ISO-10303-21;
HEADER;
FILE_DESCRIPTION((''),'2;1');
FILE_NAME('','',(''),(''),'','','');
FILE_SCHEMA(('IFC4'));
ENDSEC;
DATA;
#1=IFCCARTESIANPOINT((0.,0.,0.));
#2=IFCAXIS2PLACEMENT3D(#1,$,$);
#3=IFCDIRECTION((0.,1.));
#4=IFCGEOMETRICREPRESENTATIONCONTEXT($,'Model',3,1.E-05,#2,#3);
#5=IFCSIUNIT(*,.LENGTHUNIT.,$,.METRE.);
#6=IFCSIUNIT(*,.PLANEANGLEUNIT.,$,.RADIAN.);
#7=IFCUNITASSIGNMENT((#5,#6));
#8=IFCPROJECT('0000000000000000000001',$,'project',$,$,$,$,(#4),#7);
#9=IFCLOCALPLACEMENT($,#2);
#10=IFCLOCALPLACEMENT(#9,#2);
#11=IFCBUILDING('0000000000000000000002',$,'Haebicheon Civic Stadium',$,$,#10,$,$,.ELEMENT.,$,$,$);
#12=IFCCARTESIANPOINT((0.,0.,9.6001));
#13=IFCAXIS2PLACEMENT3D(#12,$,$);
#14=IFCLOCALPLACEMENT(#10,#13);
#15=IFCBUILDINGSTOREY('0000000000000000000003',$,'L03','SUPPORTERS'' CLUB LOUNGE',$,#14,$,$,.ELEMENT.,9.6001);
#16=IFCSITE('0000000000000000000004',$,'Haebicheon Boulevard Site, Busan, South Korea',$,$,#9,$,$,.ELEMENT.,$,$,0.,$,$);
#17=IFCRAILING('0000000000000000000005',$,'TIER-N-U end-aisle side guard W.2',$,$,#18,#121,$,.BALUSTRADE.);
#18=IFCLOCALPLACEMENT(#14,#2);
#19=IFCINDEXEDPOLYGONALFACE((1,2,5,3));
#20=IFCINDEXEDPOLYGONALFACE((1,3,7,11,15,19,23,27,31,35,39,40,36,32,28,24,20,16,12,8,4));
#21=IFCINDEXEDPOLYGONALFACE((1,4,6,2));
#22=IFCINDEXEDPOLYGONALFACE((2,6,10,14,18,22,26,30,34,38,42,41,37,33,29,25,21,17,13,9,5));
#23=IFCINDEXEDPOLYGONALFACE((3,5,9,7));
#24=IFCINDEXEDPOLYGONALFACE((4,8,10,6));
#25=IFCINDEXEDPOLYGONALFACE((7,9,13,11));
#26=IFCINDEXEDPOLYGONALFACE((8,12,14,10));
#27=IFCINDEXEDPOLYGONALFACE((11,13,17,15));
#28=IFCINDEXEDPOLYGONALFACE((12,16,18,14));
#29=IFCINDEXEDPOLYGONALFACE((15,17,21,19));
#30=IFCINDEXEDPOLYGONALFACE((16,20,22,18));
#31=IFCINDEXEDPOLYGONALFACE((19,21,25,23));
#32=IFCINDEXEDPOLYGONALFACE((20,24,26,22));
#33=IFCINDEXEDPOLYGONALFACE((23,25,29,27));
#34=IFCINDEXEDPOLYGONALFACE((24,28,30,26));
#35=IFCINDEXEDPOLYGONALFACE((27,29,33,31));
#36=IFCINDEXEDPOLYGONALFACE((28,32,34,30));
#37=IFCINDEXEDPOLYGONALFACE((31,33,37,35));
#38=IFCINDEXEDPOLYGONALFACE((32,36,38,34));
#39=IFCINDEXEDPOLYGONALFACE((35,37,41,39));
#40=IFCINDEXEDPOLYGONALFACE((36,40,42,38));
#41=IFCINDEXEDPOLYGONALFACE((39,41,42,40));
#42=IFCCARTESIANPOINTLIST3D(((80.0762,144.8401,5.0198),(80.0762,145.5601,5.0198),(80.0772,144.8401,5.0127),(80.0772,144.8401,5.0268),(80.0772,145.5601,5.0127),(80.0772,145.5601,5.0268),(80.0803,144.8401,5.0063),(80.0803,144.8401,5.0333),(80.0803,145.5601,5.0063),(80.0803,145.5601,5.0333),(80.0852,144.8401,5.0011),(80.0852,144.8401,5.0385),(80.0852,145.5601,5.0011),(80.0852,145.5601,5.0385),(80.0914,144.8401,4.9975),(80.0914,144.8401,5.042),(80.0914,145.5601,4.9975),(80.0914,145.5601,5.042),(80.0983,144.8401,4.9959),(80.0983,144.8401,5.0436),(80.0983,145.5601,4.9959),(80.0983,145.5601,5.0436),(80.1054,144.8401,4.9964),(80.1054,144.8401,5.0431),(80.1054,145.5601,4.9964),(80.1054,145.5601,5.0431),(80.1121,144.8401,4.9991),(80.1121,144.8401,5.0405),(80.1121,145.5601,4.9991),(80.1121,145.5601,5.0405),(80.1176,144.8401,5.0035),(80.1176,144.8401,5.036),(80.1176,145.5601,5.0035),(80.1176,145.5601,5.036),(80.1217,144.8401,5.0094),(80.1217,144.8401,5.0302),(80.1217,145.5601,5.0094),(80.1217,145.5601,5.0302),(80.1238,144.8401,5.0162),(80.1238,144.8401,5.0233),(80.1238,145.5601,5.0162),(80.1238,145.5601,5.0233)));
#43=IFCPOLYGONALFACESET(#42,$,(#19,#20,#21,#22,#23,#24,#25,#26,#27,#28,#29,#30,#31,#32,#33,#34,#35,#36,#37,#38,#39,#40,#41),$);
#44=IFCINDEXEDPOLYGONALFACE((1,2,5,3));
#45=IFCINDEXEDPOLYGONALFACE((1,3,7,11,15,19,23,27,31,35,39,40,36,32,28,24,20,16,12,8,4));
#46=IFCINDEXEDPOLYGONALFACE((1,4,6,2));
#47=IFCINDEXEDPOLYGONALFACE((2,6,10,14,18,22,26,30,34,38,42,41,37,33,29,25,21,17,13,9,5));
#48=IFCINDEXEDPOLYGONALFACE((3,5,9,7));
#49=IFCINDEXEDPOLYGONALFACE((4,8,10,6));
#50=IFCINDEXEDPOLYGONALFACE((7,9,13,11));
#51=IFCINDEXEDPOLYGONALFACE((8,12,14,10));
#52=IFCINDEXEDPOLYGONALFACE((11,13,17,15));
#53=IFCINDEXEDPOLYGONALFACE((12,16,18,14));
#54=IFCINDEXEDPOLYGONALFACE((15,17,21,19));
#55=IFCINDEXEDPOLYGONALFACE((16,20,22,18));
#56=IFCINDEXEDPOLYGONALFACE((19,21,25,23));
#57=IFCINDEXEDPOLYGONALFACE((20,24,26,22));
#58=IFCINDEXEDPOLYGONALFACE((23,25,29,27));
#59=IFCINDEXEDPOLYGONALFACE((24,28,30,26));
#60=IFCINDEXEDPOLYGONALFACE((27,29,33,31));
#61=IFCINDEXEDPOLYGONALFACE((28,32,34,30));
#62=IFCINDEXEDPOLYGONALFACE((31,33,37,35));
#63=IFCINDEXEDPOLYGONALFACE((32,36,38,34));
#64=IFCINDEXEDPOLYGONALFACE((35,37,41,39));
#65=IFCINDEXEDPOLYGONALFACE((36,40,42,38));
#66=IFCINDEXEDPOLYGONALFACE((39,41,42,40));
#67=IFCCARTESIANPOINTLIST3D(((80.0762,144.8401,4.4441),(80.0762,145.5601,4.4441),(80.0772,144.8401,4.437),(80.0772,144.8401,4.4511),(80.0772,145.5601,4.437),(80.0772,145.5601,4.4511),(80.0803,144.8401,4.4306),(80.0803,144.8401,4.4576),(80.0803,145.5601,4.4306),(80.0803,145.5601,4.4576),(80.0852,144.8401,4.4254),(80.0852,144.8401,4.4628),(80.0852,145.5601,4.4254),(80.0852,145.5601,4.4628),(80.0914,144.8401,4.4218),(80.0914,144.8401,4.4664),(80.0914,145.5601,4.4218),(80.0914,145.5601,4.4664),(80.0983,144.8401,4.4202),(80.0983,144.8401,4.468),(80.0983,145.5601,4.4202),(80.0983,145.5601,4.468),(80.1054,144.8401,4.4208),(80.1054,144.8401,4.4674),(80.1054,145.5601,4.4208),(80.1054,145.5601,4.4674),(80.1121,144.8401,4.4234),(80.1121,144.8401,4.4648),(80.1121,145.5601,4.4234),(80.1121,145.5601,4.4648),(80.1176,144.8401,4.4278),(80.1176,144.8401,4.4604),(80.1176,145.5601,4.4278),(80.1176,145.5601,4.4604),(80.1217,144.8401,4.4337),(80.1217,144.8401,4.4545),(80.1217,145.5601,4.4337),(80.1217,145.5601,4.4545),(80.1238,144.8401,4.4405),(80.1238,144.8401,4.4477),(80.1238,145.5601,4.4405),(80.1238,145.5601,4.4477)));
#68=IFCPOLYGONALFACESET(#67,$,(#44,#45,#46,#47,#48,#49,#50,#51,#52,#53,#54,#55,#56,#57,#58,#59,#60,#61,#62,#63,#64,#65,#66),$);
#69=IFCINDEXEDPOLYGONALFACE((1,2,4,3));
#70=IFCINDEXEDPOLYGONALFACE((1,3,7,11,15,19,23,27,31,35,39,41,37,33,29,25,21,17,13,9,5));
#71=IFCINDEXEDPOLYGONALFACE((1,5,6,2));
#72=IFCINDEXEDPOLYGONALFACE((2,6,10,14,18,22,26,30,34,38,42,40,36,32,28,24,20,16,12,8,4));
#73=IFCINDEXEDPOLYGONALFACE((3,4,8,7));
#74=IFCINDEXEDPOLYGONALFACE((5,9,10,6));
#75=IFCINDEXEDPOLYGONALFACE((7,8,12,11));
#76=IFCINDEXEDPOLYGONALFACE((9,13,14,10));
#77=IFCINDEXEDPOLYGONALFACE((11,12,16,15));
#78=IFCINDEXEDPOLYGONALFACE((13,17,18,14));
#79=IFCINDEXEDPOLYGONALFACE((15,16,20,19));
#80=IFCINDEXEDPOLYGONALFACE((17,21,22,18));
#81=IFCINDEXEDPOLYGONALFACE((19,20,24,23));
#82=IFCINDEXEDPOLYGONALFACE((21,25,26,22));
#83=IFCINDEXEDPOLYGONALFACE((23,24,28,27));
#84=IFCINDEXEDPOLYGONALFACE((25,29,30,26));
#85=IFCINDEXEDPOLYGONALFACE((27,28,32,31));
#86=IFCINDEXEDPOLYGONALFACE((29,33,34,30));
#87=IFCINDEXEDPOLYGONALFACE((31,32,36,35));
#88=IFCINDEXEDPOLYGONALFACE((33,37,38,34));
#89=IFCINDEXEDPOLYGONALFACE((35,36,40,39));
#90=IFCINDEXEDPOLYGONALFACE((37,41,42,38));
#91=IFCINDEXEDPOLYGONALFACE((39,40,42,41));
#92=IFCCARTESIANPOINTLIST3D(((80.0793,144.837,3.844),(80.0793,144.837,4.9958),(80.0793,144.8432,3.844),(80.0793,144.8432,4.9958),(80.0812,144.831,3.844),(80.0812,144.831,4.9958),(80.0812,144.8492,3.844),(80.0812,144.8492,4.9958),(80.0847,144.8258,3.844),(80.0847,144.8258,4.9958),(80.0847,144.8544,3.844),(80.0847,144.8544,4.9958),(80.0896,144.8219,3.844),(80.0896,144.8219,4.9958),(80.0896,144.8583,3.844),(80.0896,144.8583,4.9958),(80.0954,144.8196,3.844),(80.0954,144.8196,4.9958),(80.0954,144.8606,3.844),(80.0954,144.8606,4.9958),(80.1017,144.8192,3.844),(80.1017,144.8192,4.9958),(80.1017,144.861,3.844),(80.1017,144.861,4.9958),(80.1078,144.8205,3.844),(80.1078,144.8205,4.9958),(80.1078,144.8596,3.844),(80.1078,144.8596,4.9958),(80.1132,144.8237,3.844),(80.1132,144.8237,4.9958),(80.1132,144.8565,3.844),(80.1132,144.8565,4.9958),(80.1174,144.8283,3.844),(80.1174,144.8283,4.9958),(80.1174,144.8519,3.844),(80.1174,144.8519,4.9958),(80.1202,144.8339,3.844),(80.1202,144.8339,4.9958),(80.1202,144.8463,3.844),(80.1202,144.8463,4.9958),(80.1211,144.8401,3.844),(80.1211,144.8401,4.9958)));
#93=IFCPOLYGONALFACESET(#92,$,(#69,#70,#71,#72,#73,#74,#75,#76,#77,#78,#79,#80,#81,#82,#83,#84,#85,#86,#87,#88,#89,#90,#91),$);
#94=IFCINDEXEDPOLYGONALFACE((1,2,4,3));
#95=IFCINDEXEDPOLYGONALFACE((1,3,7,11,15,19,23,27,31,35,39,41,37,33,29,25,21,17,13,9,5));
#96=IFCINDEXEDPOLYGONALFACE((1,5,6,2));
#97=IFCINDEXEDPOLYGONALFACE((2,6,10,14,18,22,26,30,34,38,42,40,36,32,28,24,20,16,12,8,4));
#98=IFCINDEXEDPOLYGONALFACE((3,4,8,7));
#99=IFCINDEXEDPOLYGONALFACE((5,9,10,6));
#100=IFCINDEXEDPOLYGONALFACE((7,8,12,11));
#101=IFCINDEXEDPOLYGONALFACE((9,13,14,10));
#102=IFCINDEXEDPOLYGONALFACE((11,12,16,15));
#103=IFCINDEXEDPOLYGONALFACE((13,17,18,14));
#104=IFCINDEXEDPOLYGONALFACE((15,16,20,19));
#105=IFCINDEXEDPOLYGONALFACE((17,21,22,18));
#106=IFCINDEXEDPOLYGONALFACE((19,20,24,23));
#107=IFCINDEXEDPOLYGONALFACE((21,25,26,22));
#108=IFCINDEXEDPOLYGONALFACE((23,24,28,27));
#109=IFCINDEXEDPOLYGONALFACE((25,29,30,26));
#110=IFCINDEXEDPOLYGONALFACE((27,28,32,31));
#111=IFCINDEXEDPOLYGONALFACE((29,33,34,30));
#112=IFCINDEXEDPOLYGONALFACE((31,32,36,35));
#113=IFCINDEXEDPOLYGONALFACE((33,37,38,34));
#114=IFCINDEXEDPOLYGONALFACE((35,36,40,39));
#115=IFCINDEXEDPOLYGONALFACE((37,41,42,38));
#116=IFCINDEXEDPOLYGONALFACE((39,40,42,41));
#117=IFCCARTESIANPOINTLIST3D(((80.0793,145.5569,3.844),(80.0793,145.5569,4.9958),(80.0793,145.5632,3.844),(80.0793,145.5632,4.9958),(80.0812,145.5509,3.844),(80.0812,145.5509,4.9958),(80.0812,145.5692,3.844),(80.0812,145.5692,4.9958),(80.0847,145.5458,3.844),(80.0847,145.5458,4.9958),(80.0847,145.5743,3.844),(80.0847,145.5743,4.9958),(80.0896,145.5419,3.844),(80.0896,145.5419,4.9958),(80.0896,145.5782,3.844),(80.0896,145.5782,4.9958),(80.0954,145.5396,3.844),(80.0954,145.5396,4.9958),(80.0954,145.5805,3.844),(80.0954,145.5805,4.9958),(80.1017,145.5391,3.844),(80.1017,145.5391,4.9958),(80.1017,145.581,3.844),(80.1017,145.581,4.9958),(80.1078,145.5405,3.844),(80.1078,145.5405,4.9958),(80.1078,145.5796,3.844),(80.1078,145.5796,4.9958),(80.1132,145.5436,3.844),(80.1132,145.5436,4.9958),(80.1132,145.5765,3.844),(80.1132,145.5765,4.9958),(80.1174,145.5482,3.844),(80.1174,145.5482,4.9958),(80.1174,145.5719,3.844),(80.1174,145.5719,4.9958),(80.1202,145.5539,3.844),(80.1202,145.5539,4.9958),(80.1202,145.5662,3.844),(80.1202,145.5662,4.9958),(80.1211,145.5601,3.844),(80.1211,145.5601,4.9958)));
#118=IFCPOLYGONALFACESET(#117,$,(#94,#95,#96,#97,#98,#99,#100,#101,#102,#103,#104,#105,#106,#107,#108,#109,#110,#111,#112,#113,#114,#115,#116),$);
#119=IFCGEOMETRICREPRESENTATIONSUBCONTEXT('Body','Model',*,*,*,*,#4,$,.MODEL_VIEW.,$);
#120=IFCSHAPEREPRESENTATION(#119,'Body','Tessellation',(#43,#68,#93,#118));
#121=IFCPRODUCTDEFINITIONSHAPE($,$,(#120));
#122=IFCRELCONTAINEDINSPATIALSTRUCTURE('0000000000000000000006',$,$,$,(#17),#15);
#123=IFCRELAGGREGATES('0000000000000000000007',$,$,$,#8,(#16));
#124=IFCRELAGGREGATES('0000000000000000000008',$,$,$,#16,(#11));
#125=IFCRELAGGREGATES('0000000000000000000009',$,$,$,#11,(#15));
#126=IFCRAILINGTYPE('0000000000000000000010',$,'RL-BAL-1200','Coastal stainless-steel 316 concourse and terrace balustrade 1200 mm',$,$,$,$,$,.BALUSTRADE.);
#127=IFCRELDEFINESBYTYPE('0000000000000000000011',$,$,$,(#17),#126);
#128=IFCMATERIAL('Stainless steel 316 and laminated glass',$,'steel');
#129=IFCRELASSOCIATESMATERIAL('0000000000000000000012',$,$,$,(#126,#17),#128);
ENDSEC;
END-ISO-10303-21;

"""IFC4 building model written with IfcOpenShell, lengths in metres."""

from ifc_helpers import new_model, si_unit, direction, frame, origin, origin_2d, place, context, subcontext, project, spatial, circle, extrude, material, type_object, element, save


model = new_model("IFC4")

# Units and contexts
model_context = context("Model", 3, precision=1e-05, world=origin(), true_north=direction((0.0, 1.0)))
body_context = subcontext(model_context, "Body", "Model", "MODEL_VIEW")
ifc_project = project(units=[si_unit("LENGTHUNIT", "METRE"), si_unit("PLANEANGLEUNIT", "RADIAN")], contexts=[model_context])

# Site, building, storey
site_placement = place(None, origin())
site = spatial("IfcSite", under=ifc_project, at=site_placement, Name="Haebicheon Boulevard Site, Busan, South Korea", CompositionType="ELEMENT", RefElevation=0.0)
building_placement = place(site_placement, origin())
building = spatial("IfcBuilding", under=site, at=building_placement, Name="Haebicheon Civic Stadium", CompositionType="ELEMENT")
storey_placement = place(building_placement, frame((0.0, 0.0, 9.6001)))
storey = spatial("IfcBuildingStorey", under=building, at=storey_placement, Name="L03", Description="SUPPORTERS' CLUB LOUNGE", CompositionType="ELEMENT", Elevation=9.6001)

# Railing
ifc_material_1 = material(Name="Stainless steel 316 and laminated glass", Category="steel")
railing_type = type_object("IfcRailingType", Name="RL-BAL-1200", Description="Coastal stainless-steel 316 concourse and terrace balustrade 1200 mm", PredefinedType="BALUSTRADE", material=ifc_material_1)
for number, where, name in (
    (1, (80.1001, 144.8401, 3.844), "TIER-N-U end-aisle side guard W.2"),
):
    element("IfcRailing", number, at=place(storey_placement, frame(where)), inside=storey, type_object=railing_type, material=ifc_material_1, Name=name, PredefinedType="BALUSTRADE", context=body_context, shape_type="SweptSolid", body=[
        extrude(circle(Radius=0.0239, at=origin_2d()), frame((0.0, 0.0, 1.1758), z_axis=(0.0, 1.0, 0.0), x_axis=(-1.0, 0.0, 0.0)), (0.0, 0.0, 1.0), 0.72),
        extrude(circle(Radius=0.0239, at=origin_2d()), frame((0.0, 0.0, 0.6001), z_axis=(0.0, 1.0, 0.0), x_axis=(-1.0, 0.0, 0.0)), (0.0, 0.0, 1.0), 0.72),
        extrude(circle(Radius=0.021, at=origin_2d()), origin(), (0.0, 0.0, 1.0), 1.1519),
        extrude(circle(Radius=0.021, at=origin_2d()), frame((0.0, 0.72, 0.0)), (0.0, 0.0, 1.0), 1.1519),
    ])

save(model, "model.ifc")
